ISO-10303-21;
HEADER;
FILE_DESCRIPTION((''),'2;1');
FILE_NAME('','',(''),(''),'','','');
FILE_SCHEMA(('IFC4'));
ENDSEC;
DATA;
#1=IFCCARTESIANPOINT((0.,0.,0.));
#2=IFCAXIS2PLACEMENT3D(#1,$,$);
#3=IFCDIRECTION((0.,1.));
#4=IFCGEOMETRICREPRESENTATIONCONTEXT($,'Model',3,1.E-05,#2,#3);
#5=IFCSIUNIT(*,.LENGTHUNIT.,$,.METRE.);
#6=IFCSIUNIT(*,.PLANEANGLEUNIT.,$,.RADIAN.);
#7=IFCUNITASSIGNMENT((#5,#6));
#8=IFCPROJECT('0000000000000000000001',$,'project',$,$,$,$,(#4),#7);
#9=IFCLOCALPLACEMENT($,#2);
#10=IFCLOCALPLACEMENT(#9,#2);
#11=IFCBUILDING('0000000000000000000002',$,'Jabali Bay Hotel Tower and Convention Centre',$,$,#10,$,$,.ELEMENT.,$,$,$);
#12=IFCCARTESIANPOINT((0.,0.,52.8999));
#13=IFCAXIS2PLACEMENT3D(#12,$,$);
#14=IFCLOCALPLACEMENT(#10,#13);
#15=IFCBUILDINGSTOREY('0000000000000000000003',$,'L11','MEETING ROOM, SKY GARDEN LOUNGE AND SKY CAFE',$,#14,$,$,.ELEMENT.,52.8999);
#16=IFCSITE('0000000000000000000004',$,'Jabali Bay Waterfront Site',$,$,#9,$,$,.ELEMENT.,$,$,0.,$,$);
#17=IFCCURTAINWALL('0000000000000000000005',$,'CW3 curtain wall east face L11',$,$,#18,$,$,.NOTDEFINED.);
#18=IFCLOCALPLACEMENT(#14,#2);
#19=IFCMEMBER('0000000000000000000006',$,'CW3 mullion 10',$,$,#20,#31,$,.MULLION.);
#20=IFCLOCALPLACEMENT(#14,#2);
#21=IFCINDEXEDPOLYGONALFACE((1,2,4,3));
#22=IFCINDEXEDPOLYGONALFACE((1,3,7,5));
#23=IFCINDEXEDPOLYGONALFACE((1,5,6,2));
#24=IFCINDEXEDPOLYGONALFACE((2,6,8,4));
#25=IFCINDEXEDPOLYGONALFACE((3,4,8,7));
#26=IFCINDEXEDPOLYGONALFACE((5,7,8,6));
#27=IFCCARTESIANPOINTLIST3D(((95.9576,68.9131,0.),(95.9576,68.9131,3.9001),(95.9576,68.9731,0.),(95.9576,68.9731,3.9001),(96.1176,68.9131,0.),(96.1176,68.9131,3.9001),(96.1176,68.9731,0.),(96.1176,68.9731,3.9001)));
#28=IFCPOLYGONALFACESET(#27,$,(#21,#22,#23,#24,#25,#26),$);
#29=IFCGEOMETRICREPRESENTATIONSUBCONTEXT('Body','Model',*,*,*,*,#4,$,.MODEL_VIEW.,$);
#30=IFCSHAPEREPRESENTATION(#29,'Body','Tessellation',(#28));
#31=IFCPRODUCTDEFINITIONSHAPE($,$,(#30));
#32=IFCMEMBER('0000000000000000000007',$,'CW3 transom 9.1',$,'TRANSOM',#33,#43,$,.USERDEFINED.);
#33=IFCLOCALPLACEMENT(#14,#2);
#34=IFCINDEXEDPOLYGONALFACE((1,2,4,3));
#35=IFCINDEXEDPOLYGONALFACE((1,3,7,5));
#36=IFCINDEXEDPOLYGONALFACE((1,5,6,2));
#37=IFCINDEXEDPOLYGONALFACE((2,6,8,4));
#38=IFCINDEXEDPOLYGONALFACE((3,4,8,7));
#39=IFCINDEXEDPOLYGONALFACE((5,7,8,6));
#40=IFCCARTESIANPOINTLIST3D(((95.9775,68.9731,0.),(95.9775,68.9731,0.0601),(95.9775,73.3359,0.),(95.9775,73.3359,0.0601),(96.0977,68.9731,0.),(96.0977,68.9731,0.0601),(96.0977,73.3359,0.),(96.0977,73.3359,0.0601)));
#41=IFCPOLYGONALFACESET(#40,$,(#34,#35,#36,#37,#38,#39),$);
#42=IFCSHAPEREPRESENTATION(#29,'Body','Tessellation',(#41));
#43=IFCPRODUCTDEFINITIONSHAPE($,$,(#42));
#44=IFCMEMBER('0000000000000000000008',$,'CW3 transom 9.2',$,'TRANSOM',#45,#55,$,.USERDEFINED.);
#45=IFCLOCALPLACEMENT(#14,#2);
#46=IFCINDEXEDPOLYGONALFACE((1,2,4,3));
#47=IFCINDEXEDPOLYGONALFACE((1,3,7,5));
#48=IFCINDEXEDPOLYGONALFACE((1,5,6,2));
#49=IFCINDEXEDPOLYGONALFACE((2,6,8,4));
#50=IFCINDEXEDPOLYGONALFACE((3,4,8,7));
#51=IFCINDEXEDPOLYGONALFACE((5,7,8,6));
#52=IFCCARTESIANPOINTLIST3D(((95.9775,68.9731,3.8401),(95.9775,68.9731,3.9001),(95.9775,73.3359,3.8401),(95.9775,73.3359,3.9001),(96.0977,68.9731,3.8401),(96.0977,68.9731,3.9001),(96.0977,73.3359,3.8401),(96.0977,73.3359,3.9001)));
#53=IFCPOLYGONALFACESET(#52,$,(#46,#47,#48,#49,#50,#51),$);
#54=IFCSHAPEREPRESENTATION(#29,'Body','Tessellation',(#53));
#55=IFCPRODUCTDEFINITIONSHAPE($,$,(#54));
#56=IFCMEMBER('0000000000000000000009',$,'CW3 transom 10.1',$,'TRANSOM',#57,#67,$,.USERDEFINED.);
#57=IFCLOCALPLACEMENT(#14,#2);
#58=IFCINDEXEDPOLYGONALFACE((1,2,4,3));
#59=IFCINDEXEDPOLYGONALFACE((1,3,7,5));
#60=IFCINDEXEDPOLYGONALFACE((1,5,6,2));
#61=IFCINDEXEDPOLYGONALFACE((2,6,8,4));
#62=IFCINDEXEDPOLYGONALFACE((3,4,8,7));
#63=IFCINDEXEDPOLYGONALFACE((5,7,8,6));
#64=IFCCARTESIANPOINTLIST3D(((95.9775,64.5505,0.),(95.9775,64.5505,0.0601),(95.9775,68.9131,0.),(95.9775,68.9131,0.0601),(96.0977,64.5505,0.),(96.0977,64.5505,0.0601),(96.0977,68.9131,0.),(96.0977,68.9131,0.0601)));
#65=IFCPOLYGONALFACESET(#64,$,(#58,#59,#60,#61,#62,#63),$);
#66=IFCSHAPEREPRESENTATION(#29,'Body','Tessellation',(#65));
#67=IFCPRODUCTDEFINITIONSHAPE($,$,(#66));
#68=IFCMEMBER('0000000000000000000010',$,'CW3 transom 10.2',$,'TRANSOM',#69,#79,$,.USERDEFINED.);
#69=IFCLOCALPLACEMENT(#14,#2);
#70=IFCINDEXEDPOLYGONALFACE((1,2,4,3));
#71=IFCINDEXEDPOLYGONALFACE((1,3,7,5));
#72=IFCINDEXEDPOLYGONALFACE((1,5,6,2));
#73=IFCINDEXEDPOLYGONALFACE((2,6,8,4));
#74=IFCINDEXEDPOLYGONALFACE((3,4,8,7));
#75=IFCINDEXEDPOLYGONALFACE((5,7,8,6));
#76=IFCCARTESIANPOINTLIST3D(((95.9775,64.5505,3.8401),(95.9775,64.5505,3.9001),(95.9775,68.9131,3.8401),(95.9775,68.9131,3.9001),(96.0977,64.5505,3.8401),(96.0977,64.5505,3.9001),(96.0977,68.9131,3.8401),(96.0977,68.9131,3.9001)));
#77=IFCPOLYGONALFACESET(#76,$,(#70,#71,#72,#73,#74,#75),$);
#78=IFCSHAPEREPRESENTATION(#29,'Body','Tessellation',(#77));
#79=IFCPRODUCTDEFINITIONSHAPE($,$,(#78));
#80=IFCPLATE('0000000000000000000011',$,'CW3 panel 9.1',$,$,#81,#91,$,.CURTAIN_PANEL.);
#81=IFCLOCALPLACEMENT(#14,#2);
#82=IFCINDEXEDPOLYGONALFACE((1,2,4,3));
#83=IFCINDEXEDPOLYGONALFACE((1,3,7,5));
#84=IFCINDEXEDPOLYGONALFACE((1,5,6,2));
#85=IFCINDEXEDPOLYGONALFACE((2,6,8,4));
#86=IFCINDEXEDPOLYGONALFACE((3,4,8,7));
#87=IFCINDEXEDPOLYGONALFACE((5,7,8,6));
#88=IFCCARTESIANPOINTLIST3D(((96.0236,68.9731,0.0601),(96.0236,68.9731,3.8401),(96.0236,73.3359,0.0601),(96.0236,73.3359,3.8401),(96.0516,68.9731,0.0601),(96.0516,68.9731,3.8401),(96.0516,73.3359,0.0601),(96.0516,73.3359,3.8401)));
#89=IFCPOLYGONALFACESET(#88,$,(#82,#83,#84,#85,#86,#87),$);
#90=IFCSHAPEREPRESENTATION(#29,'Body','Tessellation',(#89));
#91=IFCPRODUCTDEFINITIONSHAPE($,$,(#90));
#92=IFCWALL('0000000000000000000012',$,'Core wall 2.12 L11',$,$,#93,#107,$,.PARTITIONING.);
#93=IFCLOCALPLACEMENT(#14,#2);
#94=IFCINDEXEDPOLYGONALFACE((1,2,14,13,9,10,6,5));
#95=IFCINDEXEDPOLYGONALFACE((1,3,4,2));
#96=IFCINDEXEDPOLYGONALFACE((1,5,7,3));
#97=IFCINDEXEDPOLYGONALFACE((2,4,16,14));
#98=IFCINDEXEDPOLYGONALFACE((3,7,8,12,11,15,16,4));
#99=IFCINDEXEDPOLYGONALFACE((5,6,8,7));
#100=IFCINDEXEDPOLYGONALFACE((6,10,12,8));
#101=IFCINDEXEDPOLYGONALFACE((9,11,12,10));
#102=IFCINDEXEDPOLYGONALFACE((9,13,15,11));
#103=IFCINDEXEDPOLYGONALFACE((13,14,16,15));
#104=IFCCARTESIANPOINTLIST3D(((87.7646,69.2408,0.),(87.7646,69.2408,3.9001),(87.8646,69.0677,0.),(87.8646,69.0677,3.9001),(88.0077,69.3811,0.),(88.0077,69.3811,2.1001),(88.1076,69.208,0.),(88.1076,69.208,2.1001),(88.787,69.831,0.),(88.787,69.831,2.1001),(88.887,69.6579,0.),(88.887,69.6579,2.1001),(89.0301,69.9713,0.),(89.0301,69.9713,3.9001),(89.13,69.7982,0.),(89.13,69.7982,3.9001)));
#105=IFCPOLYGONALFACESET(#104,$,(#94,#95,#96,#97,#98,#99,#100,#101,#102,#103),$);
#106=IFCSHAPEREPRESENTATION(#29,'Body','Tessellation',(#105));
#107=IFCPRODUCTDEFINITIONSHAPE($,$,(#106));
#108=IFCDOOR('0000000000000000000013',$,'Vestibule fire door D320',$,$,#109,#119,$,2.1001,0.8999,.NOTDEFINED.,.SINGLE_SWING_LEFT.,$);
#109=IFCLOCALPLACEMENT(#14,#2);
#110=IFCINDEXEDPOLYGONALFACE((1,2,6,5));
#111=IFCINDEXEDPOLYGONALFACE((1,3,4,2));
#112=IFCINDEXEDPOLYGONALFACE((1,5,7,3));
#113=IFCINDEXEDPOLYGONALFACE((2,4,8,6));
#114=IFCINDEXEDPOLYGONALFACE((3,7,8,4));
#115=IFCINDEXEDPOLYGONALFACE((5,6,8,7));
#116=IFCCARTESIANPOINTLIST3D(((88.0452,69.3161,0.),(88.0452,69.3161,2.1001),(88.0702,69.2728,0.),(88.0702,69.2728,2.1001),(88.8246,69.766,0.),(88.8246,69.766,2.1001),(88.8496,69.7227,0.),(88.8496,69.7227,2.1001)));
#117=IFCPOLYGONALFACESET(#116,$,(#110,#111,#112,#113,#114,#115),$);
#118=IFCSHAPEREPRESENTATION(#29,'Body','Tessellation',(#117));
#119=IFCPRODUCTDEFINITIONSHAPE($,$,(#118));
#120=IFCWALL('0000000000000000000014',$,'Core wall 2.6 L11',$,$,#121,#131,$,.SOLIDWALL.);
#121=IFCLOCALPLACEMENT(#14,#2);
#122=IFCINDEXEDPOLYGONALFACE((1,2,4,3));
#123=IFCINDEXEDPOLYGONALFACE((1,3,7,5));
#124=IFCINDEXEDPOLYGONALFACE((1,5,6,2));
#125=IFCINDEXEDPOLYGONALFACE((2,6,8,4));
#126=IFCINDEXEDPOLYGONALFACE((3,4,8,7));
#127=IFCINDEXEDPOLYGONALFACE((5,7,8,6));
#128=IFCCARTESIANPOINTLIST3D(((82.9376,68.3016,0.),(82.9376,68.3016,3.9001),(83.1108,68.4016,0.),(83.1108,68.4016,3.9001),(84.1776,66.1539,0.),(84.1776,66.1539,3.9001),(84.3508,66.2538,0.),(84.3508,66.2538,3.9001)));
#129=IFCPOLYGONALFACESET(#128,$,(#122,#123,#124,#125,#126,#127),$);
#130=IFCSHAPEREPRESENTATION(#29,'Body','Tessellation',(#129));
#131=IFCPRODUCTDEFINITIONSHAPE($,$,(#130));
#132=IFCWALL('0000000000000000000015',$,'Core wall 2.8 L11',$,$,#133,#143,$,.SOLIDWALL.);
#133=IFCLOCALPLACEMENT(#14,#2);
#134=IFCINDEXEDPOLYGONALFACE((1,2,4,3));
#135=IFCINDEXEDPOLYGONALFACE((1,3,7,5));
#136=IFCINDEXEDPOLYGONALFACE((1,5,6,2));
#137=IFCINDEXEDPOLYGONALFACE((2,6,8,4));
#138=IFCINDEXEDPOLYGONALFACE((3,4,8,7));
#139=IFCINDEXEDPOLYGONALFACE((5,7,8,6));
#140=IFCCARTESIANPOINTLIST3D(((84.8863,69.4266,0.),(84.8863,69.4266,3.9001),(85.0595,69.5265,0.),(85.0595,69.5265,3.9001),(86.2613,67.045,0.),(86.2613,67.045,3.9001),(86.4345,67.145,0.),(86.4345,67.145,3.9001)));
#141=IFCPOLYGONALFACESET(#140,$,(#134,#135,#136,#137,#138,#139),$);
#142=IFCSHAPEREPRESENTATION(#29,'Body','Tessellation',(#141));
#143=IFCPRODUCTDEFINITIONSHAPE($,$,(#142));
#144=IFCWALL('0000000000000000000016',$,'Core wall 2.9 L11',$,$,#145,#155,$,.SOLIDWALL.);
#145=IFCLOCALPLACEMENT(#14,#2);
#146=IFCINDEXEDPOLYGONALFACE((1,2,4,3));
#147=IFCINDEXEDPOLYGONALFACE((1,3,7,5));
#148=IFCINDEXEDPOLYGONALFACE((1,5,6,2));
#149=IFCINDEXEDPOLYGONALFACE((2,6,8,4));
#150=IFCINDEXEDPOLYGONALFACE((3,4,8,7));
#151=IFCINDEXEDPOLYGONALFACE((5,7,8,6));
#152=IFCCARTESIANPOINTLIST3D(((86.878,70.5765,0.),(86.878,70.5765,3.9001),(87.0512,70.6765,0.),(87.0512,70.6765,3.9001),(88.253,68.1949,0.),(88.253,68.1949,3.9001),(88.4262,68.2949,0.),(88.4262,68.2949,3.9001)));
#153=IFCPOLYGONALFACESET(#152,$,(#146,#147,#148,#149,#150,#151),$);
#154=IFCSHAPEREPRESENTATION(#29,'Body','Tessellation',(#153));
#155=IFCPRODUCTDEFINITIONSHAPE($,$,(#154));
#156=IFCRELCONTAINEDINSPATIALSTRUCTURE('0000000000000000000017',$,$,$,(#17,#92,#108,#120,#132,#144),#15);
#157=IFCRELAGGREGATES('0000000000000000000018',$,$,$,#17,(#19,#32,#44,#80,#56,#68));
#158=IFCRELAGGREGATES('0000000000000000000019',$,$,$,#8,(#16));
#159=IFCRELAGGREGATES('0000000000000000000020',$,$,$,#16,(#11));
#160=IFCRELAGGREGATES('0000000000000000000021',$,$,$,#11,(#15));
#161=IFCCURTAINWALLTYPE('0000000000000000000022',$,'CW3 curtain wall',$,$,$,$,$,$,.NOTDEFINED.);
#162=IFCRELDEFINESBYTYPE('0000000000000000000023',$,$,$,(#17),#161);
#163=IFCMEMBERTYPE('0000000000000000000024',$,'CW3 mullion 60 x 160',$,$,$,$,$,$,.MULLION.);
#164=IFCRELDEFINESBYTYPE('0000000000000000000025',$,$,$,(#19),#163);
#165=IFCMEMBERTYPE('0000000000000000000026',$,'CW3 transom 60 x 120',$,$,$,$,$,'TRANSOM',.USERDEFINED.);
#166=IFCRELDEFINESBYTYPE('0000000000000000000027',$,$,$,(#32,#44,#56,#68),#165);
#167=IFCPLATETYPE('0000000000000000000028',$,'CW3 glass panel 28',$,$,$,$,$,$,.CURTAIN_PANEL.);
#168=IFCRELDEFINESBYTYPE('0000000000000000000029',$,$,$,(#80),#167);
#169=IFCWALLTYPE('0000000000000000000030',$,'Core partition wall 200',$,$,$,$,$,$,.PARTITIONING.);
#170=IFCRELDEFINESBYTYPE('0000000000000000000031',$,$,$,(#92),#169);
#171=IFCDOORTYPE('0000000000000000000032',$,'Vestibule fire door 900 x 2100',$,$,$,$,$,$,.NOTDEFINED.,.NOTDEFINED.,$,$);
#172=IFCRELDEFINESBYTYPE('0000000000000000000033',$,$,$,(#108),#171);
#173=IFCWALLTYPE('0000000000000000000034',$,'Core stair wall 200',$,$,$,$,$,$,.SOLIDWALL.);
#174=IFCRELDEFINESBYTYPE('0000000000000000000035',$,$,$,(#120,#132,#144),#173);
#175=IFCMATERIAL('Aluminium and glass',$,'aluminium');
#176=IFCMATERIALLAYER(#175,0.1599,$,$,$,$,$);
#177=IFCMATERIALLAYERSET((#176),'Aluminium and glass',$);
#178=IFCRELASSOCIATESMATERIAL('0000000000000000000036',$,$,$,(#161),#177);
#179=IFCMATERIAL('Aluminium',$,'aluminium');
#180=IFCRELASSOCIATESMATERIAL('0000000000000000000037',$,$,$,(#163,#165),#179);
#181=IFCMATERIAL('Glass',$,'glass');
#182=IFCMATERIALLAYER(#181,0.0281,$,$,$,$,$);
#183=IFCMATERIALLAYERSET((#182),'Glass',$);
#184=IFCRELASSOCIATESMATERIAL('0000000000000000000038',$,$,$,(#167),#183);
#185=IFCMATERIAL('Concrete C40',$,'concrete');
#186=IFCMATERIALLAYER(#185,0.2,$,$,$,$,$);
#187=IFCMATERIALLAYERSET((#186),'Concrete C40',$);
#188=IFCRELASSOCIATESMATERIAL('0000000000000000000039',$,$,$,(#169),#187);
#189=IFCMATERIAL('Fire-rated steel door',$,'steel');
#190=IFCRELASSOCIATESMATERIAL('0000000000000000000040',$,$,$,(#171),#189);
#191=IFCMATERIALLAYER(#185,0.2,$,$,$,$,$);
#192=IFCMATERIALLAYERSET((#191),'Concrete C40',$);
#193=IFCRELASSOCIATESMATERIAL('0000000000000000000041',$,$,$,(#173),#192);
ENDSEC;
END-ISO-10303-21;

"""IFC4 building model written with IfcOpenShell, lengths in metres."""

from ifc_helpers import new_model, si_unit, direction, frame, frame_2d, origin, origin_2d, place, context, subcontext, project, spatial, rectangle, extrude, material, layer, layer_set, material_profile, profile_set, type_object, element, fill, aggregate, save


model = new_model("IFC4")

# Units and contexts
model_context = context("Model", 3, precision=1e-05, world=origin(), true_north=direction((0.0, 1.0)))
body_context = subcontext(model_context, "Body", "Model", "MODEL_VIEW")
ifc_project = project(units=[si_unit("LENGTHUNIT", "METRE"), si_unit("PLANEANGLEUNIT", "RADIAN")], contexts=[model_context])

# Site, building, storey
site_placement = place(None, origin())
site = spatial("IfcSite", under=ifc_project, at=site_placement, Name="Jabali Bay Waterfront Site", CompositionType="ELEMENT", RefElevation=0.0)
building_placement = place(site_placement, origin())
building = spatial("IfcBuilding", under=site, at=building_placement, Name="Jabali Bay Hotel Tower and Convention Centre", CompositionType="ELEMENT")
storey_placement = place(building_placement, frame((0.0, 0.0, 52.8999)))
storey = spatial("IfcBuildingStorey", under=building, at=storey_placement, Name="L11", Description="MEETING ROOM, SKY GARDEN LOUNGE AND SKY CAFE", CompositionType="ELEMENT", Elevation=52.8999)

# Curtain wall, members, plate
ifc_material_1 = material(Name="Aluminium and glass", Category="aluminium")
ifc_layer_1 = layer(ifc_material_1, 0.1599)
ifc_layer_set_1 = layer_set([ifc_layer_1], Name="Aluminium and glass")
curtain_wall_type = type_object("IfcCurtainWallType", Name="CW3 curtain wall", PredefinedType="NOTDEFINED", material=ifc_layer_set_1)
curtain_wall_placement = place(storey_placement, origin())
curtain_wall = element("IfcCurtainWall", 1, at=curtain_wall_placement, inside=storey, type_object=curtain_wall_type, Name="CW3 curtain wall east face L11", PredefinedType="NOTDEFINED")
ifc_material_2 = material(Name="Aluminium", Category="aluminium")
ifc_material_profile_1 = material_profile(ifc_material_2, rectangle(XDim=0.1599, YDim=0.0601, at=origin_2d()), Name="CW3 mullion 60 x 160")
ifc_profile_set_1 = profile_set([ifc_material_profile_1], Name="Aluminium")
member_type_1 = type_object("IfcMemberType", Name="CW3 mullion 60 x 160", PredefinedType="MULLION", material=ifc_profile_set_1)
member_1_placement = place(storey_placement, frame((96.0376, 68.9431, 0.0), z_axis=(0.0, 0.0, 1.0), x_axis=(1.0, 0.0, 0.0)))
member_1 = element("IfcMember", 2, at=member_1_placement, type_object=member_type_1, Name="CW3 mullion 10", PredefinedType="MULLION", context=body_context, shape_type="SweptSolid", body=[
    extrude(rectangle(XDim=0.1599, YDim=0.0601, at=origin_2d()), origin(), (0.0, 0.0, 1.0), 3.9001),
])
ifc_material_profile_2 = material_profile(ifc_material_2, rectangle(XDim=0.1201, YDim=0.0601, at=origin_2d()), Name="CW3 transom 60 x 120")
ifc_profile_set_2 = profile_set([ifc_material_profile_2], Name="Aluminium")
member_type_2 = type_object("IfcMemberType", Name="CW3 transom 60 x 120", ElementType="TRANSOM", PredefinedType="USERDEFINED", material=ifc_profile_set_2)
member_2_placement = place(storey_placement, frame((96.0376, 73.3359, 0.03), z_axis=(0.0, -1.0, 0.0), x_axis=(1.0, 0.0, 0.0)))
member_2 = element("IfcMember", 3, at=member_2_placement, type_object=member_type_2, Name="CW3 transom 9.1", ObjectType="TRANSOM", PredefinedType="USERDEFINED", context=body_context, shape_type="SweptSolid", body=[
    extrude(rectangle(XDim=0.1201, YDim=0.0601, at=origin_2d()), origin(), (0.0, 0.0, 1.0), 4.3628),
])
member_3_placement = place(storey_placement, frame((96.0376, 73.3359, 3.8701), z_axis=(0.0, -1.0, 0.0), x_axis=(1.0, 0.0, 0.0)))
member_3 = element("IfcMember", 4, at=member_3_placement, type_object=member_type_2, Name="CW3 transom 9.2", ObjectType="TRANSOM", PredefinedType="USERDEFINED", context=body_context, shape_type="SweptSolid", body=[
    extrude(rectangle(XDim=0.1201, YDim=0.0601, at=origin_2d()), origin(), (0.0, 0.0, 1.0), 4.3628),
])
member_4_placement = place(storey_placement, frame((96.0376, 68.9131, 0.03), z_axis=(0.0, -1.0, 0.0), x_axis=(1.0, 0.0, 0.0)))
member_4 = element("IfcMember", 5, at=member_4_placement, type_object=member_type_2, Name="CW3 transom 10.1", ObjectType="TRANSOM", PredefinedType="USERDEFINED", context=body_context, shape_type="SweptSolid", body=[
    extrude(rectangle(XDim=0.1201, YDim=0.0601, at=origin_2d()), origin(), (0.0, 0.0, 1.0), 4.3625),
])
member_5_placement = place(storey_placement, frame((96.0376, 68.9131, 3.8701), z_axis=(0.0, -1.0, 0.0), x_axis=(1.0, 0.0, 0.0)))
member_5 = element("IfcMember", 6, at=member_5_placement, type_object=member_type_2, Name="CW3 transom 10.2", ObjectType="TRANSOM", PredefinedType="USERDEFINED", context=body_context, shape_type="SweptSolid", body=[
    extrude(rectangle(XDim=0.1201, YDim=0.0601, at=origin_2d()), origin(), (0.0, 0.0, 1.0), 4.3625),
])
ifc_material_3 = material(Name="Glass", Category="glass")
ifc_layer_2 = layer(ifc_material_3, 0.0281)
ifc_layer_set_2 = layer_set([ifc_layer_2], Name="Glass")
plate_type = type_object("IfcPlateType", Name="CW3 glass panel 28", PredefinedType="CURTAIN_PANEL", material=ifc_layer_set_2)
plate_placement = place(storey_placement, frame((96.0376, 71.1545, 0.0601), z_axis=(0.0, 0.0, 1.0), x_axis=(0.0, -1.0, 0.0)))
plate = element("IfcPlate", 7, at=plate_placement, type_object=plate_type, Name="CW3 panel 9.1", PredefinedType="CURTAIN_PANEL", context=body_context, shape_type="SweptSolid", body=[
    extrude(rectangle(XDim=4.3628, YDim=0.0281, at=origin_2d()), origin(), (0.0, 0.0, 1.0), 3.78),
])
aggregate(curtain_wall, [member_1, member_2, member_3, plate, member_4, member_5])

# Wall, opening, door
ifc_material_4 = material(Name="Concrete C40", Category="concrete")
ifc_layer_3 = layer(ifc_material_4, 0.2)
ifc_layer_set_3 = layer_set([ifc_layer_3], Name="Concrete C40")
wall_type_1 = type_object("IfcWallType", Name="Core partition wall 200", PredefinedType="PARTITIONING", material=ifc_layer_set_3)
wall_1_placement = place(storey_placement, frame((87.8147, 69.1543, 0.0), z_axis=(0.0, 0.0, 1.0), x_axis=(0.866055, 0.499949, 0.0)))
wall_1 = element("IfcWall", 8, at=wall_1_placement, inside=storey, type_object=wall_type_1, Name="Core wall 2.12 L11", PredefinedType="PARTITIONING", context=body_context, shape_type="SweptSolid", body=[
    extrude(rectangle(XDim=1.4612, YDim=0.2, at=frame_2d((0.7305, 0.0))), origin(), (0.0, 0.0, 1.0), 3.9001),
])
opening_1_placement = place(wall_1_placement, frame((0.2805, 0.0, 0.0)))
opening_1 = element("IfcOpeningElement", 9, at=opening_1_placement, cuts=wall_1, PredefinedType="OPENING", context=body_context, shape_type="SweptSolid", body=[
    extrude(rectangle(XDim=0.8999, YDim=2.1001, at=frame_2d((0.45, 1.05))), frame((0.0, 0.1104, 0.0), z_axis=(0.0, -1.0, 0.0), x_axis=(1.0, 0.0, 0.0)), (0.0, 0.0, 1.0), 0.2209),
])
ifc_material_5 = material(Name="Fire-rated steel door", Category="steel")
door_type_1 = type_object("IfcDoorType", Name="Vestibule fire door 900 x 2100", OperationType="NOTDEFINED", PredefinedType="NOTDEFINED", material=ifc_material_5)
door_1_placement = place(opening_1_placement, origin())
door_1 = element("IfcDoor", 10, at=door_1_placement, inside=storey, type_object=door_type_1, Name="Vestibule fire door D320", OperationType="SINGLE_SWING_LEFT", OverallHeight=2.1001, OverallWidth=0.8999, PredefinedType="NOTDEFINED", context=body_context, shape_type="SweptSolid", body=[
    extrude(rectangle(XDim=0.8999, YDim=2.1001, at=frame_2d((0.45, 1.05))), frame((0.0, 0.0249, 0.0), z_axis=(0.0, -1.0, 0.0), x_axis=(1.0, 0.0, 0.0)), (0.0, 0.0, 1.0), 0.05),
])
fill(opening_1, door_1)

# Walls
ifc_layer_4 = layer(ifc_material_4, 0.2)
ifc_layer_set_4 = layer_set([ifc_layer_4], Name="Concrete C40")
wall_type_2 = type_object("IfcWallType", Name="Core stair wall 200", PredefinedType="SOLIDWALL", material=ifc_layer_set_4)
wall_2_placement = place(storey_placement, frame((83.0242, 68.3516, 0.0), z_axis=(0.0, 0.0, 1.0), x_axis=(0.500004, -0.866023, 0.0)))
element("IfcWall", 11, at=wall_2_placement, inside=storey, type_object=wall_type_2, Name="Core wall 2.6 L11", PredefinedType="SOLIDWALL", context=body_context, shape_type="SweptSolid", body=[
    extrude(rectangle(XDim=2.48, YDim=0.2, at=frame_2d((1.24, 0.0))), origin(), (0.0, 0.0, 1.0), 3.9001),
])
for number, where, z_axis, x_axis, name in (
    (12, (84.9729, 69.4766, 0.0), (0.0, 0.0, 1.0), (0.499997, -0.866027, 0.0), "Core wall 2.8 L11"),
    (13, (86.9646, 70.6265, 0.0), (0.0, 0.0, 1.0), (0.499997, -0.866027, 0.0), "Core wall 2.9 L11"),
):
    element("IfcWall", number, at=place(storey_placement, frame(where, z_axis=z_axis, x_axis=x_axis)), inside=storey, type_object=wall_type_2, Name=name, PredefinedType="SOLIDWALL", context=body_context, shape_type="SweptSolid", body=[
        extrude(rectangle(XDim=2.75, YDim=0.2, at=frame_2d((1.375, 0.0))), origin(), (0.0, 0.0, 1.0), 3.9001),
    ])

save(model, "model.ifc")
